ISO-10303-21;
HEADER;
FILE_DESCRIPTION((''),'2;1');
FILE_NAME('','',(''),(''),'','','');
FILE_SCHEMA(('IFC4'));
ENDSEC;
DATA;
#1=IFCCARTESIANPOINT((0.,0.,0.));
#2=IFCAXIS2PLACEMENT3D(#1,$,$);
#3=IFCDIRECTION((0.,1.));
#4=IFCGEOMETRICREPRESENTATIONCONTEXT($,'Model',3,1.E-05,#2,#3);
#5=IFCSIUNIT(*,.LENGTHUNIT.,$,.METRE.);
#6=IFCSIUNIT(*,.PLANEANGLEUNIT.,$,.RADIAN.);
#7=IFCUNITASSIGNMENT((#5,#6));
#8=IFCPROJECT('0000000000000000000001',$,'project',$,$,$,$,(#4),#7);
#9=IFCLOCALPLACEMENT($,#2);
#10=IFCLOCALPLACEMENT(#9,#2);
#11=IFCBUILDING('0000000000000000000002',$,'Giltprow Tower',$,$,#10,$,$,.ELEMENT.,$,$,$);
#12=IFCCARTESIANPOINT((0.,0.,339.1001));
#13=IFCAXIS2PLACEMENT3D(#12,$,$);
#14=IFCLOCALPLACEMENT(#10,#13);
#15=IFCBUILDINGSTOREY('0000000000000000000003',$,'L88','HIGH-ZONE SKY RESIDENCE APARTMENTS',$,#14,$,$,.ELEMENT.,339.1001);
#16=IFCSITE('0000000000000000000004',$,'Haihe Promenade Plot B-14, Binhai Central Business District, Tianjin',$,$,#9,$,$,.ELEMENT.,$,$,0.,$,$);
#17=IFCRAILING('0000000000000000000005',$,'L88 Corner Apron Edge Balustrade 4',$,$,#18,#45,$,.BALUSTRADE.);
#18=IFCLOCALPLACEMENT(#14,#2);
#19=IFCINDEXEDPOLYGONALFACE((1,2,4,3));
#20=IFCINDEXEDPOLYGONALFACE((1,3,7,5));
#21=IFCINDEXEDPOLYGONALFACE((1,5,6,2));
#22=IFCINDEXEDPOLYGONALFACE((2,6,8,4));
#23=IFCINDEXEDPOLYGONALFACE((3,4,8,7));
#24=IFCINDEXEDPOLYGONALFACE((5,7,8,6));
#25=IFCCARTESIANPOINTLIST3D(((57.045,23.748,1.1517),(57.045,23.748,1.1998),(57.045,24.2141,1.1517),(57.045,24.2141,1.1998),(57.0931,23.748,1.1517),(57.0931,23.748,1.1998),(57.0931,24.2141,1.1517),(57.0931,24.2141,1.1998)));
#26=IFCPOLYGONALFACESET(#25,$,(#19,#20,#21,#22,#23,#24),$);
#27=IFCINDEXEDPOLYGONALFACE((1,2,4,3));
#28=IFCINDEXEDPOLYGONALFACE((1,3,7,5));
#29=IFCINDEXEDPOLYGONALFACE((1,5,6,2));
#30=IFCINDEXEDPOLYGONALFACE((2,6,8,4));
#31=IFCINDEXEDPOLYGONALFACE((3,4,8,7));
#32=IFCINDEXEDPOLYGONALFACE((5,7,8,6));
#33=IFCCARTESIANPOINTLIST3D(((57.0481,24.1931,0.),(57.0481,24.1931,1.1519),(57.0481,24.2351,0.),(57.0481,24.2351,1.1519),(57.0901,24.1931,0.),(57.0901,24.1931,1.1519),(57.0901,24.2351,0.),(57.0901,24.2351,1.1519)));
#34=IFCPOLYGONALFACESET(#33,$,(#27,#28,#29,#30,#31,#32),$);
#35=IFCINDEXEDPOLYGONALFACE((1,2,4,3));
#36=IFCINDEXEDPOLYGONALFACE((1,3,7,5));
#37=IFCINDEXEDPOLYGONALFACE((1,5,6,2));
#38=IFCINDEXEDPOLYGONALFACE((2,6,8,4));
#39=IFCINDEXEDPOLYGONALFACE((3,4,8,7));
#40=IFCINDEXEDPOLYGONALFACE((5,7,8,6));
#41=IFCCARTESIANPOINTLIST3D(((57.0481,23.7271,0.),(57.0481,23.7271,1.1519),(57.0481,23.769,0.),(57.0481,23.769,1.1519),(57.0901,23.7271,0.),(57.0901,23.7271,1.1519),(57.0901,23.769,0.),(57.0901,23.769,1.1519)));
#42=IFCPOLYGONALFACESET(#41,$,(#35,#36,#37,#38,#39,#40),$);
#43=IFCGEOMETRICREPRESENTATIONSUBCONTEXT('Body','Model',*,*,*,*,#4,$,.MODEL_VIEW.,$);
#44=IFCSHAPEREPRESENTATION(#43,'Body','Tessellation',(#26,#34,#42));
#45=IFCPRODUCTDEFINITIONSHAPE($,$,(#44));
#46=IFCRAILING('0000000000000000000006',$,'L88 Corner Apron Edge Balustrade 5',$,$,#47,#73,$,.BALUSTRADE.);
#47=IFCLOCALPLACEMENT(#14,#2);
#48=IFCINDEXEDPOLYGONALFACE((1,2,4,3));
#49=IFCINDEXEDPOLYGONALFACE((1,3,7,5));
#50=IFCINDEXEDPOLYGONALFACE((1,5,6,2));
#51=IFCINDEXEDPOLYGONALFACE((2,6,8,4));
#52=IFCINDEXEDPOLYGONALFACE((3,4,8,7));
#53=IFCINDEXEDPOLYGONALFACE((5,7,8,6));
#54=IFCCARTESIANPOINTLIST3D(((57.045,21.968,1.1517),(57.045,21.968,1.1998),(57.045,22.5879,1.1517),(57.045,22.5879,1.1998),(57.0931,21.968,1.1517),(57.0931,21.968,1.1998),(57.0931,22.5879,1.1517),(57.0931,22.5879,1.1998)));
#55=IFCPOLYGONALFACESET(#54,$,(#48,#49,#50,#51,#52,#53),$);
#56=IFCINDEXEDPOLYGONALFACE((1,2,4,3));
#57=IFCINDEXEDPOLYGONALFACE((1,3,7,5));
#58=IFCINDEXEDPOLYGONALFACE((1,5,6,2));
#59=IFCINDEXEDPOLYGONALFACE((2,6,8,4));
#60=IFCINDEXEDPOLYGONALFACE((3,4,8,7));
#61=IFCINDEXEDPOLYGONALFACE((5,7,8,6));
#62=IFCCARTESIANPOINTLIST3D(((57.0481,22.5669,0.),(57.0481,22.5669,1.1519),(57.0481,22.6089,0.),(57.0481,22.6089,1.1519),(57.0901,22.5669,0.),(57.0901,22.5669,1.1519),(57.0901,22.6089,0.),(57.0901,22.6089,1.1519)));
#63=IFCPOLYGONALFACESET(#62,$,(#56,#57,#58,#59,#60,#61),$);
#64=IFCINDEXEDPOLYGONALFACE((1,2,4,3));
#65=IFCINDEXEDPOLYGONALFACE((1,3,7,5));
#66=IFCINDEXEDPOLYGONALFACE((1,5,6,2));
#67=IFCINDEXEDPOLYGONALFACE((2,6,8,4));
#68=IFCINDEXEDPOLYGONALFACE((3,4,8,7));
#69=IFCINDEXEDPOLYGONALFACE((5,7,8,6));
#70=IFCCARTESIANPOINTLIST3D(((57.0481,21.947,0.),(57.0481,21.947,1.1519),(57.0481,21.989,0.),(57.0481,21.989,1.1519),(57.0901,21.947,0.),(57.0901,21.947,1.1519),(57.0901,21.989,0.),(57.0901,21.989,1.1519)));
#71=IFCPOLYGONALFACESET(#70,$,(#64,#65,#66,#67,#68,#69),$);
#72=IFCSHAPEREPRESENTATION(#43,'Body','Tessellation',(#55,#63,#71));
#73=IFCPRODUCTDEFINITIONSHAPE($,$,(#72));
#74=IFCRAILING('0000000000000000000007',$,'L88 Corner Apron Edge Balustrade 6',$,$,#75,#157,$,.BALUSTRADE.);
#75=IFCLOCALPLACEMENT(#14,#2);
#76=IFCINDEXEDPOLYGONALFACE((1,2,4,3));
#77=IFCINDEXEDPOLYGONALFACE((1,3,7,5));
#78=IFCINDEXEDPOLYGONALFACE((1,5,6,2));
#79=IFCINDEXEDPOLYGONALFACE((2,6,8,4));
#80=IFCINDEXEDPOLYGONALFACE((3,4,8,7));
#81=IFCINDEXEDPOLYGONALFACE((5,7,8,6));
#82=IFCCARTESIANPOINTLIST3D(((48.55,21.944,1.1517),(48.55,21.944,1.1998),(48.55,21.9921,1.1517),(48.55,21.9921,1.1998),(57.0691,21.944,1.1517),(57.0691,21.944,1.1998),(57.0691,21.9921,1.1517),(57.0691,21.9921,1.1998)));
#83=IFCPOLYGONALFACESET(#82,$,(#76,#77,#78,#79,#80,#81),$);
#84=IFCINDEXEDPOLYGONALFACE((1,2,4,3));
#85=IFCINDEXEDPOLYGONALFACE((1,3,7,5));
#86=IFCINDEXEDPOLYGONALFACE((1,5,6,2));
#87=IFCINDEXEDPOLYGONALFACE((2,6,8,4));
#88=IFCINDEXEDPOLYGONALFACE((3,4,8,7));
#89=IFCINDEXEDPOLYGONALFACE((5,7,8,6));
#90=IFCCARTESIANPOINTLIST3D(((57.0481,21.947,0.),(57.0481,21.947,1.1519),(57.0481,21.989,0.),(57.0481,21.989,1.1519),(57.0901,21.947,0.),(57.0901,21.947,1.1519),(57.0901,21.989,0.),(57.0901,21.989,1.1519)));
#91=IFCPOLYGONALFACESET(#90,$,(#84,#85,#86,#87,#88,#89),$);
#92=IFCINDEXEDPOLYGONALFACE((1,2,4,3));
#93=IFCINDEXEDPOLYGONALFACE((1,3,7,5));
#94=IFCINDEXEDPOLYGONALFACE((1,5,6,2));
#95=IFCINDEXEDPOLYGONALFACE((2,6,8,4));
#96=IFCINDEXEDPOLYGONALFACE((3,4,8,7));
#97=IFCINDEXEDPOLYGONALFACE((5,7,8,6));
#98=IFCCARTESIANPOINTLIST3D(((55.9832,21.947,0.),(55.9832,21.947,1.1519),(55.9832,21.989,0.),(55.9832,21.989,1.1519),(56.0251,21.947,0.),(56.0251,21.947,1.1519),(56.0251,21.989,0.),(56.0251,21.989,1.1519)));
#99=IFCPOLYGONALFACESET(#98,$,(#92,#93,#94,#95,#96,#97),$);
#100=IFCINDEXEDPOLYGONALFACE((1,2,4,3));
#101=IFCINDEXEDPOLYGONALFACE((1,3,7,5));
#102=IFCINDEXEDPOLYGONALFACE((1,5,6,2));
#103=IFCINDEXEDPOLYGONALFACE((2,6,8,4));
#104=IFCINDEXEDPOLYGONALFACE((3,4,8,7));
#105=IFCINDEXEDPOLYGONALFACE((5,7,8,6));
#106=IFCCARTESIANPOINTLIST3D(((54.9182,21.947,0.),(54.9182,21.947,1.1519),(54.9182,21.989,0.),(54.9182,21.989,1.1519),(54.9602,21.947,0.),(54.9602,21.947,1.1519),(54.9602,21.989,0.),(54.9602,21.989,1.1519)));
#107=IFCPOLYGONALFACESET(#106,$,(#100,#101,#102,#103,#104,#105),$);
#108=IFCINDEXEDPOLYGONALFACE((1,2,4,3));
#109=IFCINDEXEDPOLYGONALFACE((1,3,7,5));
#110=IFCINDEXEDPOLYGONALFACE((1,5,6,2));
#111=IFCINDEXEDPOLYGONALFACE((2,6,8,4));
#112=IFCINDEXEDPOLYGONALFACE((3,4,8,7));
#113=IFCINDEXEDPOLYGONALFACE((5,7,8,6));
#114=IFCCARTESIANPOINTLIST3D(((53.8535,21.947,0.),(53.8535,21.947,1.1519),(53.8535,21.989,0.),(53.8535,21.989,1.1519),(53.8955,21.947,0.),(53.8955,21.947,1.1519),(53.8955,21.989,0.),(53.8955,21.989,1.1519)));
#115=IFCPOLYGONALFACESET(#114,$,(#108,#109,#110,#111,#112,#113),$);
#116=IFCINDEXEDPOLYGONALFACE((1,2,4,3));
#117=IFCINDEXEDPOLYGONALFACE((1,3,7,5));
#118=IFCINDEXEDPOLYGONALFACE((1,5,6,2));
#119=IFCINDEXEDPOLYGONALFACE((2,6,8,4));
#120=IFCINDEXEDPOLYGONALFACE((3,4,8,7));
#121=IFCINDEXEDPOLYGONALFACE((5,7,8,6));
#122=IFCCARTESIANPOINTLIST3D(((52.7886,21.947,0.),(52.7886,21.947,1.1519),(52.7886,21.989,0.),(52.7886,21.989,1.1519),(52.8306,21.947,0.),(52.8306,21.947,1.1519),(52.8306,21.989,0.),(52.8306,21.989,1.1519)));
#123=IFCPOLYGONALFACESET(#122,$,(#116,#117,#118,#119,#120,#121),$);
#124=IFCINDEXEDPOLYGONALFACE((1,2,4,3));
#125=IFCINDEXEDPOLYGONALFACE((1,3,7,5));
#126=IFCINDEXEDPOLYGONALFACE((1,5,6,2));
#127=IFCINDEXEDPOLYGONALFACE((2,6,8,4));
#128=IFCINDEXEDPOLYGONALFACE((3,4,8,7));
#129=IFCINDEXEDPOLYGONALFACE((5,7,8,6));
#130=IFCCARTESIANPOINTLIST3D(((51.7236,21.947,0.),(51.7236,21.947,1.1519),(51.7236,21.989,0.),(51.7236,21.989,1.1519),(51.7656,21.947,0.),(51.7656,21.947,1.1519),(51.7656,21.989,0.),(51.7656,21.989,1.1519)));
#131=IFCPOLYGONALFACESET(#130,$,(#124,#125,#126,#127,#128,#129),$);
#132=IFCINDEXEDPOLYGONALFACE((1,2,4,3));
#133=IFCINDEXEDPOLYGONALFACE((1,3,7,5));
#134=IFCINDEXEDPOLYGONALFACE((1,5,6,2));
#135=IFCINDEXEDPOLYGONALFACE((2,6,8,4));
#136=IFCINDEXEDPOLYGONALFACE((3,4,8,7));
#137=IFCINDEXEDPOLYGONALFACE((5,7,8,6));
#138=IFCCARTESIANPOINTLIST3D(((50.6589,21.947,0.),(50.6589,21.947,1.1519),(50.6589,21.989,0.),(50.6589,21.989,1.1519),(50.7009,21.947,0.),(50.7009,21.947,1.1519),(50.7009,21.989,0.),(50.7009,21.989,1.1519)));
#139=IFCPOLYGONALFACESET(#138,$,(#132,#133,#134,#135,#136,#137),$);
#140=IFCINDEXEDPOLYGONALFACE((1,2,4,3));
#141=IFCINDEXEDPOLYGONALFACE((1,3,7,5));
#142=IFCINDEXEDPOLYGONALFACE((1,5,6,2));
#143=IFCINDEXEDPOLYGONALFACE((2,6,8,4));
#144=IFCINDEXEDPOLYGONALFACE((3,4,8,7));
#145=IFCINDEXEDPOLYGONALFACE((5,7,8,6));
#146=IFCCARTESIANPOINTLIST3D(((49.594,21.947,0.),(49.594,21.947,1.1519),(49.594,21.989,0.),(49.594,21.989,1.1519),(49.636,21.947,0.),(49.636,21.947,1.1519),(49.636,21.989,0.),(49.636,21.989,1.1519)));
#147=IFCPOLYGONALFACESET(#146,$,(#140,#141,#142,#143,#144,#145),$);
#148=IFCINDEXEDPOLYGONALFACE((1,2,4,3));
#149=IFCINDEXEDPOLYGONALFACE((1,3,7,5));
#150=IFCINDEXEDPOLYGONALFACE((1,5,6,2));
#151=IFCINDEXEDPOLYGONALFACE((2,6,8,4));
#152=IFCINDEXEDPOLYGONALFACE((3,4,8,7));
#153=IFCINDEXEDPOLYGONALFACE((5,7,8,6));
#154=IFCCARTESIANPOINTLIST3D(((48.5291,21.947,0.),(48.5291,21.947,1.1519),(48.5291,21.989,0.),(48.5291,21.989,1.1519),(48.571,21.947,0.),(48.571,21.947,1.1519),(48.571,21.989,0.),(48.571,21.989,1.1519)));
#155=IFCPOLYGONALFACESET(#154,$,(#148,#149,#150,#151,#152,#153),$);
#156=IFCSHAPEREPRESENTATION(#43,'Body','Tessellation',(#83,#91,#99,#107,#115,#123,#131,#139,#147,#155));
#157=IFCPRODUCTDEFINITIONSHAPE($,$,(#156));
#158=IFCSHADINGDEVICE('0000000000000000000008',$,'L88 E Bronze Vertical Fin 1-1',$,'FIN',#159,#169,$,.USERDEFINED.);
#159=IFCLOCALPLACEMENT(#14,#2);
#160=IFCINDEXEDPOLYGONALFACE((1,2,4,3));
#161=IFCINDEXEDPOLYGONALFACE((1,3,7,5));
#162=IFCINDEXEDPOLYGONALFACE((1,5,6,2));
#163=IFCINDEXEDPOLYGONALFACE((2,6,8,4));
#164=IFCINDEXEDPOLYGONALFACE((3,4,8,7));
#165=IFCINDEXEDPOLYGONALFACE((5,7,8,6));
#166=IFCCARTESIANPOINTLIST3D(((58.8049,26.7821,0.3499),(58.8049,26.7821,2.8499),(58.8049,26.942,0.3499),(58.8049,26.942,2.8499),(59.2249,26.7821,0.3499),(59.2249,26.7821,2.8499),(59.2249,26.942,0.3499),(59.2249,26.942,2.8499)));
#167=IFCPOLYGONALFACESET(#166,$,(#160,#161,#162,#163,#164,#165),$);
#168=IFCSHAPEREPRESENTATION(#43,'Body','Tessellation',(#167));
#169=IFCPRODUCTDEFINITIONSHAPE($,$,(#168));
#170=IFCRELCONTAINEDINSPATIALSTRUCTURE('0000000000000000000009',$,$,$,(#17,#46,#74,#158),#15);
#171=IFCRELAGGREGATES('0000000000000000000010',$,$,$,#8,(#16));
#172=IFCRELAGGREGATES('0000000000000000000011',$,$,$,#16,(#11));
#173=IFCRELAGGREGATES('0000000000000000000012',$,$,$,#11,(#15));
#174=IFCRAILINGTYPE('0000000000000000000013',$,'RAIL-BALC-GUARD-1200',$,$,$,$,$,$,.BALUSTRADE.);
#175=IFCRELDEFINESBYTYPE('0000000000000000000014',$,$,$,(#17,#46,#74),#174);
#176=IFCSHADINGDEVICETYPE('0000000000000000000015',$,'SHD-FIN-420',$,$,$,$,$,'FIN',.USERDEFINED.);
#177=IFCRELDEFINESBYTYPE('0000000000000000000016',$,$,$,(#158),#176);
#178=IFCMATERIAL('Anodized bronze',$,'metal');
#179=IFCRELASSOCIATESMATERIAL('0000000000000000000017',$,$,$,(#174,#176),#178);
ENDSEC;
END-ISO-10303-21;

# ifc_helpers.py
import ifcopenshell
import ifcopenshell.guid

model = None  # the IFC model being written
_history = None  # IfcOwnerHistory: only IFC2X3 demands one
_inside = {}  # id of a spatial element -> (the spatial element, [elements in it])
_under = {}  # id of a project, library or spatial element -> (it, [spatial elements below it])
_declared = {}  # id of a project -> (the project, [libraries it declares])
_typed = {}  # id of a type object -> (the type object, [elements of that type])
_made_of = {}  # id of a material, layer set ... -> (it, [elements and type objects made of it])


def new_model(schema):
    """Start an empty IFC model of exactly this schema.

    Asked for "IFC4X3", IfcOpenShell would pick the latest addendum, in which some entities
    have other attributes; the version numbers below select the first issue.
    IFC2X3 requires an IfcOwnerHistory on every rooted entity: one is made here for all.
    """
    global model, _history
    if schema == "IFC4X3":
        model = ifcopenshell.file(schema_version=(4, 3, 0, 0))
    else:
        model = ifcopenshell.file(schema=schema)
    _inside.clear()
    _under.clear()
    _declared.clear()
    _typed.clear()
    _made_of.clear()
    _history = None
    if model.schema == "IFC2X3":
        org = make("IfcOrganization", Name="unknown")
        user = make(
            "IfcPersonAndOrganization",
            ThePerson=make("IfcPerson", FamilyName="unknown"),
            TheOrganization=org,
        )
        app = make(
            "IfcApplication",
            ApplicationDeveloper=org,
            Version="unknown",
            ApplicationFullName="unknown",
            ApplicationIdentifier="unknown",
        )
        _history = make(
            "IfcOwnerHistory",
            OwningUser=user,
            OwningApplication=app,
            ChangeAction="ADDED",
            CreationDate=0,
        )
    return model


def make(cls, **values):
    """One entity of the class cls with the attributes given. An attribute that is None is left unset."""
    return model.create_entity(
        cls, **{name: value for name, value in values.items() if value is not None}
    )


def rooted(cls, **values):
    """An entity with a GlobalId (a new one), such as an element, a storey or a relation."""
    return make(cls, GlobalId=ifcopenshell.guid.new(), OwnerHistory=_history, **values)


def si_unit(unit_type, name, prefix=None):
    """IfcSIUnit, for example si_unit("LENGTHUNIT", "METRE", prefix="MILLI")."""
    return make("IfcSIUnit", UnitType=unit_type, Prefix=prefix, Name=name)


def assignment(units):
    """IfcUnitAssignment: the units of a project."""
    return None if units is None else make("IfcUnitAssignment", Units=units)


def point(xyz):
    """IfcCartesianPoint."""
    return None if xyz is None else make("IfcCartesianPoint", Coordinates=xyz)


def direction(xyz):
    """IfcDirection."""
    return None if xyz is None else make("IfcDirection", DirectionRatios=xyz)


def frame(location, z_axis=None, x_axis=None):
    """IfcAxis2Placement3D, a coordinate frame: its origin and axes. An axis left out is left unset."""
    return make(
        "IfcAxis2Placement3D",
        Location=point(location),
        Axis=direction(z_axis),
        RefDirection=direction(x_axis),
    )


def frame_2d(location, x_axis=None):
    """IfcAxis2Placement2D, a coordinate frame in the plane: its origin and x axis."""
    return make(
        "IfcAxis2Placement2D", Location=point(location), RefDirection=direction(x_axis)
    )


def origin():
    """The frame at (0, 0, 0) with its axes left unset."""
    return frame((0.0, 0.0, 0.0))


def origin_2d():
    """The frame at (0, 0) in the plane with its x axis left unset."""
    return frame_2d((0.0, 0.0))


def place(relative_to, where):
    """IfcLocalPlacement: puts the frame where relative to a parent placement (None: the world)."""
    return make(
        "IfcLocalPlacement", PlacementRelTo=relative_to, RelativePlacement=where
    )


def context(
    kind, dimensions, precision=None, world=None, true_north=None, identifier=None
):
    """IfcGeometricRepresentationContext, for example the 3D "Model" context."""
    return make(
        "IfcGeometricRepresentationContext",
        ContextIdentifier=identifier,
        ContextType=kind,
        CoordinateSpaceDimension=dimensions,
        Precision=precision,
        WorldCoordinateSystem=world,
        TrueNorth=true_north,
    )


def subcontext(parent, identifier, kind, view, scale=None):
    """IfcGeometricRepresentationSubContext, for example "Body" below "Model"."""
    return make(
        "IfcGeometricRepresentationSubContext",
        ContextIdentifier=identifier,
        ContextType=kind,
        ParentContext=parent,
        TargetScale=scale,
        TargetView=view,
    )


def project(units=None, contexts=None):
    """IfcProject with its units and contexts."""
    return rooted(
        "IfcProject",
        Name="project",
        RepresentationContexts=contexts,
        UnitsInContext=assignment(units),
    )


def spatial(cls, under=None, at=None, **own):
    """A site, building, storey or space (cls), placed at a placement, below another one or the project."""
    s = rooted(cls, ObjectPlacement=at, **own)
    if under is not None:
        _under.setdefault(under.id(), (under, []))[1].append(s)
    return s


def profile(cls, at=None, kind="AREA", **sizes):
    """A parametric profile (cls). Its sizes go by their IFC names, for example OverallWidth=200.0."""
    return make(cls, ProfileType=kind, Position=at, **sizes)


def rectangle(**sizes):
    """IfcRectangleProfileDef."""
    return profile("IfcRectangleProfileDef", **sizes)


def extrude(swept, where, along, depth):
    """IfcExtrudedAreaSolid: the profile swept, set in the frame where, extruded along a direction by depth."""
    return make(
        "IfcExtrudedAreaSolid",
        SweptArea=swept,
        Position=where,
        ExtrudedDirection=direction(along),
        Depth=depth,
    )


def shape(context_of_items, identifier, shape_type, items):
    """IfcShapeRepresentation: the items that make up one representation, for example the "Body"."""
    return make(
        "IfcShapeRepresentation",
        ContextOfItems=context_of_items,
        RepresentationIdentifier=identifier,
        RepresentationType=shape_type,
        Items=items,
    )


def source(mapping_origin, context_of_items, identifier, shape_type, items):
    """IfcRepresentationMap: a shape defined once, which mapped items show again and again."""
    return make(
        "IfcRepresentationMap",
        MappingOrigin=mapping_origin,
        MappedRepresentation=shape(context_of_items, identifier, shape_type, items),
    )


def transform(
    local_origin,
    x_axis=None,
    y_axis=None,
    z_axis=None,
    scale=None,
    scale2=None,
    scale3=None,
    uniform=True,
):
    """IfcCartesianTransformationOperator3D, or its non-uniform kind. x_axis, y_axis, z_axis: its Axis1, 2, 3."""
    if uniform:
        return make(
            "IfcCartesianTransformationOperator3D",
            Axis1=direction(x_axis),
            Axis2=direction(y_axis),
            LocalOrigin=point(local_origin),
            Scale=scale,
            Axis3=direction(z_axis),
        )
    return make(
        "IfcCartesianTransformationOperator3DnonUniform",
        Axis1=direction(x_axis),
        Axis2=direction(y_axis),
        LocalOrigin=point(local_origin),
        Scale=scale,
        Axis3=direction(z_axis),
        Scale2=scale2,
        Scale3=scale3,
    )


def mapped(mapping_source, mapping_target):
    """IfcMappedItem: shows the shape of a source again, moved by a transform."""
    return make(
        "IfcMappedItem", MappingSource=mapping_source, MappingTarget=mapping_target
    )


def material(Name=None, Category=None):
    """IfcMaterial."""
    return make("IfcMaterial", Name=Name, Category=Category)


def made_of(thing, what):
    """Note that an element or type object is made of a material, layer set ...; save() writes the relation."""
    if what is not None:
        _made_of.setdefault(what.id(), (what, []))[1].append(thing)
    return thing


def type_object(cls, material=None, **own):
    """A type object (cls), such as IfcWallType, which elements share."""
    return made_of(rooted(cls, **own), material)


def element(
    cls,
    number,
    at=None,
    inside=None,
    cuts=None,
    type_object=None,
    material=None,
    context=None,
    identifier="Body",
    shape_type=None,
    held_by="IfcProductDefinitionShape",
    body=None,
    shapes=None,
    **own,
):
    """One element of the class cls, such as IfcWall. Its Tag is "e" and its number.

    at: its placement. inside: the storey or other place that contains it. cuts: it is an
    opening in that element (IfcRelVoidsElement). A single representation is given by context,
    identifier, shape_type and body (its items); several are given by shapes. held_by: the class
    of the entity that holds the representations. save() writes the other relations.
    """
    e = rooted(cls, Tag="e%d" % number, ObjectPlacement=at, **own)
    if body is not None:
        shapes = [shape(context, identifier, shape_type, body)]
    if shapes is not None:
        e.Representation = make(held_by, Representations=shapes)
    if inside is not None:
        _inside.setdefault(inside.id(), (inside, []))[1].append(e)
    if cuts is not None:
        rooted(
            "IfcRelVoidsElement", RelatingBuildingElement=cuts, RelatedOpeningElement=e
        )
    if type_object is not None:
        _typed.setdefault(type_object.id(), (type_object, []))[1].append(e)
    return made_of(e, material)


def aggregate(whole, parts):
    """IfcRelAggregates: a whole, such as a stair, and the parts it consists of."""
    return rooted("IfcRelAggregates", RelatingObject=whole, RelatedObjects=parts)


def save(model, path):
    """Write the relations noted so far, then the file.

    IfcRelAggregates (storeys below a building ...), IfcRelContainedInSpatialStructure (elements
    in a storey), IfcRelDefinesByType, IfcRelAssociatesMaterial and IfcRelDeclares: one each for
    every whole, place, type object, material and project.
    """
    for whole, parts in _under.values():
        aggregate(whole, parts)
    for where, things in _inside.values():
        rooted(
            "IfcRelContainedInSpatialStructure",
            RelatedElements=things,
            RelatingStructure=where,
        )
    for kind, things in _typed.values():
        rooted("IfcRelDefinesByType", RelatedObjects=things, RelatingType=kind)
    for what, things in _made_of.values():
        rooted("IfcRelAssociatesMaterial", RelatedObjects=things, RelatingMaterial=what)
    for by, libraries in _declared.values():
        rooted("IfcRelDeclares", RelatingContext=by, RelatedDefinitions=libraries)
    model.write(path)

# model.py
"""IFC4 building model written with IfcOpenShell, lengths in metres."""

from ifc_helpers import new_model, si_unit, direction, frame, origin, origin_2d, place, context, subcontext, project, spatial, rectangle, extrude, source, transform, mapped, material, type_object, element, save


model = new_model("IFC4")

# Units and contexts
model_context = context("Model", 3, precision=1e-05, world=origin(), true_north=direction((0.0, 1.0)))
body_context = subcontext(model_context, "Body", "Model", "MODEL_VIEW")
ifc_project = project(units=[si_unit("LENGTHUNIT", "METRE"), si_unit("PLANEANGLEUNIT", "RADIAN")], contexts=[model_context])

# Site, building, storey
site_placement = place(None, origin())
site = spatial("IfcSite", under=ifc_project, at=site_placement, Name="Haihe Promenade Plot B-14, Binhai Central Business District, Tianjin", CompositionType="ELEMENT", RefElevation=0.0)
building_placement = place(site_placement, origin())
building = spatial("IfcBuilding", under=site, at=building_placement, Name="Giltprow Tower", CompositionType="ELEMENT")
storey_placement = place(building_placement, frame((0.0, 0.0, 339.1001)))
storey = spatial("IfcBuildingStorey", under=building, at=storey_placement, Name="L88", Description="HIGH-ZONE SKY RESIDENCE APARTMENTS", CompositionType="ELEMENT", Elevation=339.1001)

# Shared definitions
ifc_material_1 = material(Name="Anodized bronze", Category="metal")

# Railings
railing_type = type_object("IfcRailingType", Name="RAIL-BALC-GUARD-1200", PredefinedType="BALUSTRADE", material=ifc_material_1)
railing_1_placement = place(storey_placement, frame((57.0691, 24.2141, 0.0)))
element("IfcRailing", 1, at=railing_1_placement, inside=storey, type_object=railing_type, Name="L88 Corner Apron Edge Balustrade 4", PredefinedType="BALUSTRADE", context=body_context, shape_type="SweptSolid", body=[
    extrude(rectangle(XDim=0.0481, YDim=0.0481, at=origin_2d()), frame((0.0, 0.0, 1.1758), z_axis=(0.0, -1.0, 0.0), x_axis=(1.0, 0.0, 0.0)), (0.0, 0.0, 1.0), 0.4661),
    extrude(rectangle(XDim=0.042, YDim=0.042, at=origin_2d()), origin(), (0.0, 0.0, 1.0), 1.1519),
    extrude(rectangle(XDim=0.042, YDim=0.042, at=origin_2d()), frame((0.0, -0.4661, 0.0)), (0.0, 0.0, 1.0), 1.1519),
])
railing_2_placement = place(storey_placement, frame((57.0691, 22.5879, 0.0)))
element("IfcRailing", 2, at=railing_2_placement, inside=storey, type_object=railing_type, Name="L88 Corner Apron Edge Balustrade 5", PredefinedType="BALUSTRADE", context=body_context, shape_type="SweptSolid", body=[
    extrude(rectangle(XDim=0.0481, YDim=0.0481, at=origin_2d()), frame((0.0, 0.0, 1.1758), z_axis=(0.0, -1.0, 0.0), x_axis=(1.0, 0.0, 0.0)), (0.0, 0.0, 1.0), 0.6199),
    extrude(rectangle(XDim=0.042, YDim=0.042, at=origin_2d()), origin(), (0.0, 0.0, 1.0), 1.1519),
    extrude(rectangle(XDim=0.042, YDim=0.042, at=origin_2d()), frame((0.0, -0.6199, 0.0)), (0.0, 0.0, 1.0), 1.1519),
])
railing_3_placement = place(storey_placement, frame((57.0691, 21.968, 0.0)))
element("IfcRailing", 3, at=railing_3_placement, inside=storey, type_object=railing_type, Name="L88 Corner Apron Edge Balustrade 6", PredefinedType="BALUSTRADE", context=body_context, shape_type="SweptSolid", body=[
    extrude(rectangle(XDim=0.0481, YDim=0.0481, at=origin_2d()), frame((0.0, 0.0, 1.1758), z_axis=(-1.0, 0.0, 0.0), x_axis=(0.0, -1.0, 0.0)), (0.0, 0.0, 1.0), 8.519),
    extrude(rectangle(XDim=0.042, YDim=0.042, at=origin_2d()), origin(), (0.0, 0.0, 1.0), 1.1519),
    extrude(rectangle(XDim=0.042, YDim=0.042, at=origin_2d()), frame((-1.0649, 0.0, 0.0)), (0.0, 0.0, 1.0), 1.1519),
    extrude(rectangle(XDim=0.042, YDim=0.042, at=origin_2d()), frame((-2.1299, 0.0, 0.0)), (0.0, 0.0, 1.0), 1.1519),
    extrude(rectangle(XDim=0.042, YDim=0.042, at=origin_2d()), frame((-3.1946, 0.0, 0.0)), (0.0, 0.0, 1.0), 1.1519),
    extrude(rectangle(XDim=0.042, YDim=0.042, at=origin_2d()), frame((-4.2595, 0.0, 0.0)), (0.0, 0.0, 1.0), 1.1519),
    extrude(rectangle(XDim=0.042, YDim=0.042, at=origin_2d()), frame((-5.3245, 0.0, 0.0)), (0.0, 0.0, 1.0), 1.1519),
    extrude(rectangle(XDim=0.042, YDim=0.042, at=origin_2d()), frame((-6.3892, 0.0, 0.0)), (0.0, 0.0, 1.0), 1.1519),
    extrude(rectangle(XDim=0.042, YDim=0.042, at=origin_2d()), frame((-7.4541, 0.0, 0.0)), (0.0, 0.0, 1.0), 1.1519),
    extrude(rectangle(XDim=0.042, YDim=0.042, at=origin_2d()), frame((-8.519, 0.0, 0.0)), (0.0, 0.0, 1.0), 1.1519),
])

# Shading device
shading_device_type = type_object("IfcShadingDeviceType", Name="SHD-FIN-420", ElementType="FIN", PredefinedType="USERDEFINED", material=ifc_material_1)
shared_shape_1 = source(origin(), body_context, "Body", "SweptSolid", [
    extrude(rectangle(XDim=0.4199, YDim=0.1599, at=origin_2d()), origin(), (0.0, 0.0, 1.0), 2.5),
])
shading_device_placement = place(storey_placement, frame((59.0149, 26.8621, 0.3499), z_axis=(0.0, 0.0, 1.0), x_axis=(1.0, 0.0, 0.0)))
element("IfcShadingDevice", 4, at=shading_device_placement, inside=storey, type_object=shading_device_type, Name="L88 E Bronze Vertical Fin 1-1", ObjectType="FIN", PredefinedType="USERDEFINED", context=body_context, shape_type="MappedRepresentation", body=[
    mapped(shared_shape_1, transform((0.0, 0.0, 0.0), x_axis=(1.0, 0.0, 0.0), y_axis=(0.0, 1.0, 0.0), z_axis=(0.0, 0.0, 1.0), scale=1.0)),
])

save(model, "model.ifc")
